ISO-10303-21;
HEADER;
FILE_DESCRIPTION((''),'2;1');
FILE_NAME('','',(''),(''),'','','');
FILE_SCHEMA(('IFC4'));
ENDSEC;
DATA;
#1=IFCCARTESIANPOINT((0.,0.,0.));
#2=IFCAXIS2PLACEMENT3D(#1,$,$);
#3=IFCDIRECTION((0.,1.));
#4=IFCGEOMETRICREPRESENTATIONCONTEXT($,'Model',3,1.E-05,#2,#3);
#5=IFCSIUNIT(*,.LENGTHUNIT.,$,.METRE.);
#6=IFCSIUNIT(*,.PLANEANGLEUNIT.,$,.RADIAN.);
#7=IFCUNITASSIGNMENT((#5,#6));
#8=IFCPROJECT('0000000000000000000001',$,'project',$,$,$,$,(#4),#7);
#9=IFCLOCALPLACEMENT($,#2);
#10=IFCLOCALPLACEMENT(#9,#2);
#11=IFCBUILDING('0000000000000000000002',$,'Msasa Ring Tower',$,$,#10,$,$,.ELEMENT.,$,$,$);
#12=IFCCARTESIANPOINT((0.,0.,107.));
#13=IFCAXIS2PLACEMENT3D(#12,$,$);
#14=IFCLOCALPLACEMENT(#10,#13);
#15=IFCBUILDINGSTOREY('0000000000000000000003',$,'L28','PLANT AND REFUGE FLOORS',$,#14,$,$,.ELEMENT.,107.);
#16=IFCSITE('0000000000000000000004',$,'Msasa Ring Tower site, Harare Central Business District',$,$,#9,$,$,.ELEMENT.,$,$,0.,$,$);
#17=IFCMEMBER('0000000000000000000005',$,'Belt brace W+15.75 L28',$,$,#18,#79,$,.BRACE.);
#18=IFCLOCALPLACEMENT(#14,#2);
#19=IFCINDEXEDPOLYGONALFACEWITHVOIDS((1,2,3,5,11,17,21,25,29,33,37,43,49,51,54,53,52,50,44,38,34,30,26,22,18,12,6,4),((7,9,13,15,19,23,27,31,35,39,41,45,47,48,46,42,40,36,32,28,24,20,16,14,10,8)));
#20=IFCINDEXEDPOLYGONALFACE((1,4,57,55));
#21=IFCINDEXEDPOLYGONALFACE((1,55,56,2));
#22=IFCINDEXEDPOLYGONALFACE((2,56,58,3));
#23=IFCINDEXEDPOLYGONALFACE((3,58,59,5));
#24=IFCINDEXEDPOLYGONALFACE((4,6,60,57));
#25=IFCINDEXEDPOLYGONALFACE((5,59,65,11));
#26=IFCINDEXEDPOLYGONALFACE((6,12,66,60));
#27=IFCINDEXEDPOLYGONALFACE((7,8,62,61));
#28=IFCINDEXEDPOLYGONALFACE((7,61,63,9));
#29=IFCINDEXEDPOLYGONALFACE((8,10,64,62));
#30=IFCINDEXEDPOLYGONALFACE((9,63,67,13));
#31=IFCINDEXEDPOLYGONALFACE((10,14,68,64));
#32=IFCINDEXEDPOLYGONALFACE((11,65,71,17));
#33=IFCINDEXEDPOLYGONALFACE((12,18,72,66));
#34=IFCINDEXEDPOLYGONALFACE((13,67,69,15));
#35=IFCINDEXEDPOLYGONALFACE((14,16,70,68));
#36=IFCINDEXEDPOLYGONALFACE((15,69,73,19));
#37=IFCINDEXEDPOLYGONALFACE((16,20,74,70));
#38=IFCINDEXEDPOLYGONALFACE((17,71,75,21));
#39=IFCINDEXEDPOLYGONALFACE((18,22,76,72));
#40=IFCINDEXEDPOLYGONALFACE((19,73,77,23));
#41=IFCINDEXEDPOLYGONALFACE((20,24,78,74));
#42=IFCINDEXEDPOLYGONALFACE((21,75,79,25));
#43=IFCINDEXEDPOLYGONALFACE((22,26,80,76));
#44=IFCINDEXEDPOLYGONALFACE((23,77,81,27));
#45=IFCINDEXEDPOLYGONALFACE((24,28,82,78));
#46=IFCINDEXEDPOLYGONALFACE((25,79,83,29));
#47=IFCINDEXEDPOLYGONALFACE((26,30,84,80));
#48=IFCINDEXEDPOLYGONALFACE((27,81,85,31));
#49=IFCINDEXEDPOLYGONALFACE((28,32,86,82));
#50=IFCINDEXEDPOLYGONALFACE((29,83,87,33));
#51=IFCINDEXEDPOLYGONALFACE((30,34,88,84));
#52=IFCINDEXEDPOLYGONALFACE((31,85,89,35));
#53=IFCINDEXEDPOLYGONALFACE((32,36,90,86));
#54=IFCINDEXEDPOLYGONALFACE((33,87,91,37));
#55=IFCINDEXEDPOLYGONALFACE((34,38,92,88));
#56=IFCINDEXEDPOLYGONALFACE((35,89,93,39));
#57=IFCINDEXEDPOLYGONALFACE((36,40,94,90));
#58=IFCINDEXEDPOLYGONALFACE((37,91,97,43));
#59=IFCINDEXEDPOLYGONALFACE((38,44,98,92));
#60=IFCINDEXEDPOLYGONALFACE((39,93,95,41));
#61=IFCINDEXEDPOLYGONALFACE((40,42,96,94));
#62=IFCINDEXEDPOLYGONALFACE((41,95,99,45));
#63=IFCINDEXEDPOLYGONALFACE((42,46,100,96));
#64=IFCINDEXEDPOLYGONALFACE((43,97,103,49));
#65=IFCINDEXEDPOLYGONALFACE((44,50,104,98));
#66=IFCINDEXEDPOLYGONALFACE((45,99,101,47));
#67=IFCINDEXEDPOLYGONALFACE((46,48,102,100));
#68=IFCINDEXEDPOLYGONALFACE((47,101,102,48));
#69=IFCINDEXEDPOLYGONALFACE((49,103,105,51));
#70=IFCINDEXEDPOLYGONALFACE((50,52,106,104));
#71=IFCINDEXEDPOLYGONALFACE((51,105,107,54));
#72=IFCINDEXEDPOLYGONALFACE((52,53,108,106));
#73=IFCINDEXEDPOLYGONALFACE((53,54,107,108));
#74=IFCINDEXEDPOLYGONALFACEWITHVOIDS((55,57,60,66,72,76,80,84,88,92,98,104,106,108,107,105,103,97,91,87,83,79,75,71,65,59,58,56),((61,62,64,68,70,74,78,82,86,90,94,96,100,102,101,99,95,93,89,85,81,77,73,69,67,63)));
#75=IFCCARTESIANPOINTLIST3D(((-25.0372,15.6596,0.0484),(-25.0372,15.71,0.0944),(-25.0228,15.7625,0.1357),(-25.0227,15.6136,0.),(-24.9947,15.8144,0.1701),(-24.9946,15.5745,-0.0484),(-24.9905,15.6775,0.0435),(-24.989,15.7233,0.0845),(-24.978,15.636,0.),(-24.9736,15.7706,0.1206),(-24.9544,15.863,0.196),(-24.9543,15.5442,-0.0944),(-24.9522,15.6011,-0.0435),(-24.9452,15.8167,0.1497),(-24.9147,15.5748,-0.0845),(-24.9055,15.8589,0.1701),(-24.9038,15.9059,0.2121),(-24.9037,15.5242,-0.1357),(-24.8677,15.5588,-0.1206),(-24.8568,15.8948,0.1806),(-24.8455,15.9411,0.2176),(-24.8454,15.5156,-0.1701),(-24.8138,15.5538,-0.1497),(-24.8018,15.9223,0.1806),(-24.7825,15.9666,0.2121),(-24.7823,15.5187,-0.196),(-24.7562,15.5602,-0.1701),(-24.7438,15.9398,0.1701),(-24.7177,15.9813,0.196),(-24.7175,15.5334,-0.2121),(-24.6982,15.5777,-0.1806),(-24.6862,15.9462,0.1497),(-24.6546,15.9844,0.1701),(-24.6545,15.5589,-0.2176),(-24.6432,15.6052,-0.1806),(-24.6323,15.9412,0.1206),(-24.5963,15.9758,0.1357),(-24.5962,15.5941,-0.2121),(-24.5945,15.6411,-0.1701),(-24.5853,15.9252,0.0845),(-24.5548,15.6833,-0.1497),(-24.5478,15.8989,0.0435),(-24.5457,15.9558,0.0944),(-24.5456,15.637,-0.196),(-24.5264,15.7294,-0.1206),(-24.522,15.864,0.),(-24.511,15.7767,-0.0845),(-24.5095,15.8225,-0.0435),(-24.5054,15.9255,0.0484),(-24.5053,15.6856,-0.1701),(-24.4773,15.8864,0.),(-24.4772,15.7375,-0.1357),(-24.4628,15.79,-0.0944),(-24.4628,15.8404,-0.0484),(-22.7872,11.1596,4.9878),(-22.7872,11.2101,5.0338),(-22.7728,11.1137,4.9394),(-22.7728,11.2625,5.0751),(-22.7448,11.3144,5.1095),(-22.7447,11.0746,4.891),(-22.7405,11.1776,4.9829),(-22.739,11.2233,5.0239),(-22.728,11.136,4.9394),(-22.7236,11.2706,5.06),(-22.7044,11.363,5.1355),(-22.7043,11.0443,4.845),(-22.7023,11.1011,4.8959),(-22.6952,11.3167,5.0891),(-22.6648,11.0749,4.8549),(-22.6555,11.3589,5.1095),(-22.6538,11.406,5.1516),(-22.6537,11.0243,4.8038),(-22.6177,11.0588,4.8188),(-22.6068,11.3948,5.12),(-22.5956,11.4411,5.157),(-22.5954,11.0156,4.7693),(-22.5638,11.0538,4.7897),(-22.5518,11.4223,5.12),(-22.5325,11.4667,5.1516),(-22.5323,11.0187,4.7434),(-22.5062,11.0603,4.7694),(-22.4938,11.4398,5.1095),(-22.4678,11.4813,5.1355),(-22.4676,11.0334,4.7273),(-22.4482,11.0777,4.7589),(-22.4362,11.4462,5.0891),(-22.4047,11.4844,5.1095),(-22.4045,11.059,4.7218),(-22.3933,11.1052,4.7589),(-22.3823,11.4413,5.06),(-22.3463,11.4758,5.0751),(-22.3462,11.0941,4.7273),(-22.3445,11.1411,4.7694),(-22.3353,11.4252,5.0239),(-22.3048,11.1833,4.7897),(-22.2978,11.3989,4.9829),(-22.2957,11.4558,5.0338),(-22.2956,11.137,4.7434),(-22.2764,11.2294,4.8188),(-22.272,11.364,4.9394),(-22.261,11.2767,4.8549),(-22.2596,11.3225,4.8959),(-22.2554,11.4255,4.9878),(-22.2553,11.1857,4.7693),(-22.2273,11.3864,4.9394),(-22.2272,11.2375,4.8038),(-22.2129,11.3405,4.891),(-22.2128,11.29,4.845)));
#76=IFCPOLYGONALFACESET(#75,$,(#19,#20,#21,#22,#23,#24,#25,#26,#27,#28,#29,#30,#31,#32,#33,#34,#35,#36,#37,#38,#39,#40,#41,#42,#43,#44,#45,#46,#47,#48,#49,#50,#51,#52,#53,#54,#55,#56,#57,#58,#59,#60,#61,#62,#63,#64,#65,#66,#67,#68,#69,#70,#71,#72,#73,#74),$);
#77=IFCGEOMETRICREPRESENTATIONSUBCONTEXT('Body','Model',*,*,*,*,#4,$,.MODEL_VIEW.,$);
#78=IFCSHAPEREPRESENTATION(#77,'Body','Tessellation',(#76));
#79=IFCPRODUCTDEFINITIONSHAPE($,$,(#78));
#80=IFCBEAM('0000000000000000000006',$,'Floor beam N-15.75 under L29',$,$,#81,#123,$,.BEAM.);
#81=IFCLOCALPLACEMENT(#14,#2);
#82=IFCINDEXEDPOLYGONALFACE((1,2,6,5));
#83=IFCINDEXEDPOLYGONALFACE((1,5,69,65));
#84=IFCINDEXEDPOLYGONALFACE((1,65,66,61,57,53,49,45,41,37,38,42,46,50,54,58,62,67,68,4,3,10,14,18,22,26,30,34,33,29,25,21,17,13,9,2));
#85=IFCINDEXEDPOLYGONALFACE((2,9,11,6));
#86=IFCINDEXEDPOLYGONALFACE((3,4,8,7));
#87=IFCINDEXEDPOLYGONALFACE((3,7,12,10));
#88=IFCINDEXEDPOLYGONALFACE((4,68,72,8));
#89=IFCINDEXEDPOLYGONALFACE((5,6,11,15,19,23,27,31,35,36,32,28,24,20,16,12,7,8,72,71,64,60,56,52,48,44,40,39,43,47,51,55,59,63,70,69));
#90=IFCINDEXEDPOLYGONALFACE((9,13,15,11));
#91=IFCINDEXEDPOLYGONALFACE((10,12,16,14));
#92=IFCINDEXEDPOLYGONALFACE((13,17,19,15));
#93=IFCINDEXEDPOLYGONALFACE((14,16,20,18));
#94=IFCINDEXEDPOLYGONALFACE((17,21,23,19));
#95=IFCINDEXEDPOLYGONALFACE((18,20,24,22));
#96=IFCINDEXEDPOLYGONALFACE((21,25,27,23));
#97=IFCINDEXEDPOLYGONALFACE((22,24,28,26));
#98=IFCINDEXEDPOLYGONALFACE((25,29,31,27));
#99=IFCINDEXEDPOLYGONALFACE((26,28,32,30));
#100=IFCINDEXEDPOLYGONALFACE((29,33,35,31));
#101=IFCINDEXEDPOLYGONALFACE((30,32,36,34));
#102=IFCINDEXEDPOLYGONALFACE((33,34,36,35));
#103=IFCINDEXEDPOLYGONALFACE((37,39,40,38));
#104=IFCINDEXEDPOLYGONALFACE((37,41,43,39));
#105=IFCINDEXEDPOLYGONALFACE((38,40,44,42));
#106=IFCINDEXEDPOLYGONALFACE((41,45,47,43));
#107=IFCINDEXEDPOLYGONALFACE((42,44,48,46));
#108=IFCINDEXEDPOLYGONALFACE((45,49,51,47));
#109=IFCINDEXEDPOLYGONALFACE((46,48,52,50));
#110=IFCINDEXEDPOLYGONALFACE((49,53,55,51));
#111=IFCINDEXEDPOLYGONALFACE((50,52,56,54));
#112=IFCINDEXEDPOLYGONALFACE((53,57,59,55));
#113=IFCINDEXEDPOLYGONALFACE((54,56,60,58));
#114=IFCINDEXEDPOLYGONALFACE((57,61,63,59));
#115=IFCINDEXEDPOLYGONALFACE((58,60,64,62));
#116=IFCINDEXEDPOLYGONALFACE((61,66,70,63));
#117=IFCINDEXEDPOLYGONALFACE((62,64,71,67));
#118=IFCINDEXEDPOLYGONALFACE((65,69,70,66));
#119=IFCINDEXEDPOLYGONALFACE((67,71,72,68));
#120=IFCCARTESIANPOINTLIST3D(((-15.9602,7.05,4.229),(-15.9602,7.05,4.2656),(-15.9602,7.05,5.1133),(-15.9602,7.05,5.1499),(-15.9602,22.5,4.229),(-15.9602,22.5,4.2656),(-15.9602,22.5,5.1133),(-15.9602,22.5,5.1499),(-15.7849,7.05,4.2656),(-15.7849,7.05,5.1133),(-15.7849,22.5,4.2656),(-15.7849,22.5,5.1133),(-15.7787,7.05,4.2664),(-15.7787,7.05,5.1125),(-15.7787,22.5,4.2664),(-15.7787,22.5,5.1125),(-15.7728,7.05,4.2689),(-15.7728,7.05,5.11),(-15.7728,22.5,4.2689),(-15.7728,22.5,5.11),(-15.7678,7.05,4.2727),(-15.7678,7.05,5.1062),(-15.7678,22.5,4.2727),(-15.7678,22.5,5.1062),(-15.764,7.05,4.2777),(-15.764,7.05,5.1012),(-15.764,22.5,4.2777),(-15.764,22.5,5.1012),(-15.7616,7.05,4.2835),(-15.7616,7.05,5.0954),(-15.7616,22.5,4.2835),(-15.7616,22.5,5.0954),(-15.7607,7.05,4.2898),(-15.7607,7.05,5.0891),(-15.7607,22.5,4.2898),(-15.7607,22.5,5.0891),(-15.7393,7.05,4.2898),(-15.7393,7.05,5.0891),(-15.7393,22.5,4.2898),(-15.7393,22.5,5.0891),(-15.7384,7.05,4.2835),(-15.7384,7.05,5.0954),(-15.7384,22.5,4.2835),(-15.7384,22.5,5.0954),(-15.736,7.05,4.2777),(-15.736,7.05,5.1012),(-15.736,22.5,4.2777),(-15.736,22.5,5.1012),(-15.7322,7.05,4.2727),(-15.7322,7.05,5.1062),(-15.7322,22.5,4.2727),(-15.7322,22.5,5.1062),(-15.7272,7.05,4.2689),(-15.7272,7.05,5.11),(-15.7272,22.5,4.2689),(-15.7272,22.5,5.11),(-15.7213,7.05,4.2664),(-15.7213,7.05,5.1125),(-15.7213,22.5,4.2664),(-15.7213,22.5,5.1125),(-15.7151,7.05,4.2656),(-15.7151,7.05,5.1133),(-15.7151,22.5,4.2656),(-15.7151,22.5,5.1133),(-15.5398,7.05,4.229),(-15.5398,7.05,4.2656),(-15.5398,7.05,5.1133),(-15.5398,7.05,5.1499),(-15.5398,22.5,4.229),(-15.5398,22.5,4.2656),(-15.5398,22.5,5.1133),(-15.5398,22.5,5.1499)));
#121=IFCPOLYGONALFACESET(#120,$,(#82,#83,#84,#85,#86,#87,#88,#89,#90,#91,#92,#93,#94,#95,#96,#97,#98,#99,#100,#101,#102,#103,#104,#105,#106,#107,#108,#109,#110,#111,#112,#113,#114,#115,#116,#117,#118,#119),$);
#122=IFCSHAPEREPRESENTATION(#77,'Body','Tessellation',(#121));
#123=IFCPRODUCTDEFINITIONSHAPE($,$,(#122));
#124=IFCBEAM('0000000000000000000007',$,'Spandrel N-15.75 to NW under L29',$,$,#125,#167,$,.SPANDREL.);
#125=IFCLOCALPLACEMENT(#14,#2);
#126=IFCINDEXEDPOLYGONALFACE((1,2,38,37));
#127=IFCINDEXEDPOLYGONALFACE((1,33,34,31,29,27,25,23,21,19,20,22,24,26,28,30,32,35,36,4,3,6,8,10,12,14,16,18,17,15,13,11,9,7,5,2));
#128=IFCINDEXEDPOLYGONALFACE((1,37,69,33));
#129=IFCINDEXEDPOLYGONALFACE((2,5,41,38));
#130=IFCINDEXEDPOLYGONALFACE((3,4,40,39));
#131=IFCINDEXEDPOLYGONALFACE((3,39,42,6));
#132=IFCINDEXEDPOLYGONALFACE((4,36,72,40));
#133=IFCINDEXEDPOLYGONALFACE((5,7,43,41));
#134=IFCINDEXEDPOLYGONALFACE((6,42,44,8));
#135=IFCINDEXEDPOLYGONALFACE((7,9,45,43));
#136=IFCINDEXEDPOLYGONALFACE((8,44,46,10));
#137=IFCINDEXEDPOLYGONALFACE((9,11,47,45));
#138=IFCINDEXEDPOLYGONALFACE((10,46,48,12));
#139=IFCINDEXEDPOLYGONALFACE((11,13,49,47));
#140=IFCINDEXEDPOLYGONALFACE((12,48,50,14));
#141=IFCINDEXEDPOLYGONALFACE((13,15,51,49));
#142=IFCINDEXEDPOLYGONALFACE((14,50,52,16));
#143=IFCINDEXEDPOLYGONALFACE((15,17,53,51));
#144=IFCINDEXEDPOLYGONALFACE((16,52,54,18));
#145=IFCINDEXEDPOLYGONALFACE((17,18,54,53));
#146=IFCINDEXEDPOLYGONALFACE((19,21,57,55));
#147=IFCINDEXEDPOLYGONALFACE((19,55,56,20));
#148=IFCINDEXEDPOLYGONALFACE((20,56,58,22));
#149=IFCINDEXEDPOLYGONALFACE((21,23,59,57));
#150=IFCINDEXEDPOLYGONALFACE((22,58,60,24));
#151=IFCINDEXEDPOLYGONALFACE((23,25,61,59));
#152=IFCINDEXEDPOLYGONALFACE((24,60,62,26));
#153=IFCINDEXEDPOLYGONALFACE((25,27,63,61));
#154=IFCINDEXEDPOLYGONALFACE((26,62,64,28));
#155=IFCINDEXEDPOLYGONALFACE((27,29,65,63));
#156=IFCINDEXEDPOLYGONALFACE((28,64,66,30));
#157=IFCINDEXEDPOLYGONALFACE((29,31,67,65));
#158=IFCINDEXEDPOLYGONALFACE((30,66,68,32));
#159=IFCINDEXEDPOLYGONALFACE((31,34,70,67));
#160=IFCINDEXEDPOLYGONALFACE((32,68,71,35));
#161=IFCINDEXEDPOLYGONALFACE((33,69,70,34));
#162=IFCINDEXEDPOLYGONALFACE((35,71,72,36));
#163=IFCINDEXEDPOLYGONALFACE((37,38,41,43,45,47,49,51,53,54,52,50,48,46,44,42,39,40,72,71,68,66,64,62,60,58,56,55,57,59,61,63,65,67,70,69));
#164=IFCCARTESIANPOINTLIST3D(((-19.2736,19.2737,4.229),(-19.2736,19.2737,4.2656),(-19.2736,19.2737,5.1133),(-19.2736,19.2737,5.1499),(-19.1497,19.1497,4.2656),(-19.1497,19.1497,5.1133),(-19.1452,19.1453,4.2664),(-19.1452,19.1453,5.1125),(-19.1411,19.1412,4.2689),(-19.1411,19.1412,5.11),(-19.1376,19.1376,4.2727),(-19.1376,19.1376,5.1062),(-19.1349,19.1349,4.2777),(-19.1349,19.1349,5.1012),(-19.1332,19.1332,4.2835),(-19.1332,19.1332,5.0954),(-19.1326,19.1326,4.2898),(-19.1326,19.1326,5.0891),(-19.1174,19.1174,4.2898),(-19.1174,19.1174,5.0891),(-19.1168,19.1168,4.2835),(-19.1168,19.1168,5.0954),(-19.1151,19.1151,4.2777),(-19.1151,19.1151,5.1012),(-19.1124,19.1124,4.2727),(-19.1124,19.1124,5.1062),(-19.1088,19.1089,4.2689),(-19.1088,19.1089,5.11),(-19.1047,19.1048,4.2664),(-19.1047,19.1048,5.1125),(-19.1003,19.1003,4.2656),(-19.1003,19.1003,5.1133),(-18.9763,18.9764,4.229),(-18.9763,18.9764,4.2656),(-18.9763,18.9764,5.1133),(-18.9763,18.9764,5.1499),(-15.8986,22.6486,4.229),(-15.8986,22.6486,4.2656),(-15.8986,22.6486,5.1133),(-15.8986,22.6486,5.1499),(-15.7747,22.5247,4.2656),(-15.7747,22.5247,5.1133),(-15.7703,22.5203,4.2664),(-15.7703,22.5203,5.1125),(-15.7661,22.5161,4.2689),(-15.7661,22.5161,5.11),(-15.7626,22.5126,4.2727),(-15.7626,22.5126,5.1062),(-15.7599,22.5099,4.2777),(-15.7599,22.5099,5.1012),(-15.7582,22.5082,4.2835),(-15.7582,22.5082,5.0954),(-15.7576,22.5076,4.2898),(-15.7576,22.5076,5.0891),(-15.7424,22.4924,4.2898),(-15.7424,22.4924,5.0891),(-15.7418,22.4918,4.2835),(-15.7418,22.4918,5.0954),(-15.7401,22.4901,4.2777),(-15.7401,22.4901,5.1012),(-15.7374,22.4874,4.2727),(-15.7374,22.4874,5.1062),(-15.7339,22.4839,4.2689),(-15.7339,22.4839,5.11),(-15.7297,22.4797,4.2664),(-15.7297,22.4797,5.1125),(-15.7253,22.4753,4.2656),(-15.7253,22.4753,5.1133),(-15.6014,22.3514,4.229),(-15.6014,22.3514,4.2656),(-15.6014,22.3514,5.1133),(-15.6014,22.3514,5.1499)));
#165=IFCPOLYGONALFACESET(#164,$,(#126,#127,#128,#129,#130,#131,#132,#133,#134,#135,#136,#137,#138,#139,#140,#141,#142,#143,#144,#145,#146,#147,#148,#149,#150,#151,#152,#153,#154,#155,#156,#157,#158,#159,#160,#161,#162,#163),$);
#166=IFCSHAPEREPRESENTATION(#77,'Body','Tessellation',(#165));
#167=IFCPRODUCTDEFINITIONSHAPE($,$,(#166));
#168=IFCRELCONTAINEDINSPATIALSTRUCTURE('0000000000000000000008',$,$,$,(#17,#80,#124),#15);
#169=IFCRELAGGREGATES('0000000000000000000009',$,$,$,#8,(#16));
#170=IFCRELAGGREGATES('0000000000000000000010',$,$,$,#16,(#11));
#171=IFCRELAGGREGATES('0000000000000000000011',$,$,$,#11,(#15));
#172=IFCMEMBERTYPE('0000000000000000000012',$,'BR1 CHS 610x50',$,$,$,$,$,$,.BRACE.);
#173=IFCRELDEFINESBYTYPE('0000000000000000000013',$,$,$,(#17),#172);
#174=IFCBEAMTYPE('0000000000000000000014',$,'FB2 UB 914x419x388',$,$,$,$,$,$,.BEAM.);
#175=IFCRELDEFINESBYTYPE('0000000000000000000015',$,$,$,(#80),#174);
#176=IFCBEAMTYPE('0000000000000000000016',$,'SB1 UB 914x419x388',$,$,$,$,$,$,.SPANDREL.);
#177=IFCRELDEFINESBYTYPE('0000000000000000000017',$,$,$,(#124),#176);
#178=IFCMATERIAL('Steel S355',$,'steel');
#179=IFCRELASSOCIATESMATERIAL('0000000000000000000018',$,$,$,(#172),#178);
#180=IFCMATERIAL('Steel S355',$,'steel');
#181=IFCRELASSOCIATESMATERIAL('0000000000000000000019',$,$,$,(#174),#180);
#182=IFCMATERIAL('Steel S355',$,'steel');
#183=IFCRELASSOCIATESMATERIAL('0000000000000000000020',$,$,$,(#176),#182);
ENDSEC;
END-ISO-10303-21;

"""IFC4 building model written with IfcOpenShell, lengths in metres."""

from ifc_helpers import new_model, si_unit, direction, frame, origin, origin_2d, place, context, subcontext, project, spatial, hollow_circle, i_section, extrude, material, material_profile, profile_set, type_object, element, save


model = new_model("IFC4")

# Units and contexts
model_context = context("Model", 3, precision=1e-05, world=origin(), true_north=direction((0.0, 1.0)))
body_context = subcontext(model_context, "Body", "Model", "MODEL_VIEW")
ifc_project = project(units=[si_unit("LENGTHUNIT", "METRE"), si_unit("PLANEANGLEUNIT", "RADIAN")], contexts=[model_context])

# Site, building, storey
site_placement = place(None, origin())
site = spatial("IfcSite", under=ifc_project, at=site_placement, Name="Msasa Ring Tower site, Harare Central Business District", CompositionType="ELEMENT", RefElevation=0.0)
building_placement = place(site_placement, origin())
building = spatial("IfcBuilding", under=site, at=building_placement, Name="Msasa Ring Tower", CompositionType="ELEMENT")
storey_placement = place(building_placement, frame((0.0, 0.0, 107.0)))
storey = spatial("IfcBuildingStorey", under=building, at=storey_placement, Name="L28", Description="PLANT AND REFUGE FLOORS", CompositionType="ELEMENT", Elevation=107.0)

# Member
ifc_material_1 = material(Name="Steel S355", Category="steel")
ifc_material_profile_1 = material_profile(ifc_material_1, hollow_circle(Radius=0.3049, WallThickness=0.05, at=origin_2d()), Name="CHS 610x50")
ifc_profile_set_1 = profile_set([ifc_material_profile_1], Name="Steel S355")
member_type = type_object("IfcMemberType", Name="BR1 CHS 610x50", PredefinedType="BRACE", material=ifc_profile_set_1)
member_1_placement = place(storey_placement, frame((-24.75, 15.75, 0.0), z_axis=(0.319123, -0.638245, 0.700574), x_axis=(0.894427, 0.447214, 0.0)))
element("IfcMember", 1, at=member_1_placement, inside=storey, type_object=member_type, Name="Belt brace W+15.75 L28", PredefinedType="BRACE", context=body_context, shape_type="SweptSolid", body=[
    extrude(hollow_circle(Radius=0.3049, WallThickness=0.05, at=origin_2d()), origin(), (0.0, 0.0, 1.0), 7.0505),
])

# Beams
ifc_material_2 = material(Name="Steel S355", Category="steel")
ifc_material_profile_2 = material_profile(ifc_material_2, i_section(OverallWidth=0.4204, OverallDepth=0.9209, WebThickness=0.0215, FlangeThickness=0.0366, FilletRadius=0.0242, at=origin_2d()), Name="UB 914x419x388")
ifc_profile_set_2 = profile_set([ifc_material_profile_2], Name="Steel S355")
beam_type_1 = type_object("IfcBeamType", Name="FB2 UB 914x419x388", PredefinedType="BEAM", material=ifc_profile_set_2)
beam_placement = place(storey_placement, frame((-15.75, 22.5, 4.6895), z_axis=(0.0, -1.0, 0.0), x_axis=(1.0, 0.0, 0.0)))
element("IfcBeam", 2, at=beam_placement, inside=storey, type_object=beam_type_1, Name="Floor beam N-15.75 under L29", PredefinedType="BEAM", context=body_context, shape_type="SweptSolid", body=[
    extrude(i_section(OverallWidth=0.4204, OverallDepth=0.9209, WebThickness=0.0215, FlangeThickness=0.0366, FilletRadius=0.0242, at=origin_2d()), origin(), (0.0, 0.0, 1.0), 15.45),
])
ifc_material_3 = material(Name="Steel S355", Category="steel")
ifc_material_profile_3 = material_profile(ifc_material_3, i_section(OverallWidth=0.4204, OverallDepth=0.9209, WebThickness=0.0215, FlangeThickness=0.0366, FilletRadius=0.0242, at=origin_2d()), Name="UB 914x419x388")
ifc_profile_set_3 = profile_set([ifc_material_profile_3], Name="Steel S355")
beam_type_2 = type_object("IfcBeamType", Name="SB1 UB 914x419x388", PredefinedType="SPANDREL", material=ifc_profile_set_3)
for number, where, z_axis, x_axis, name in (
    (3, (-15.75, 22.5, 4.6895), (-0.707107, -0.707107, 0.0), (0.707107, -0.707107, 0.0), "Spandrel N-15.75 to NW under L29"),
):
    element("IfcBeam", number, at=place(storey_placement, frame(where, z_axis=z_axis, x_axis=x_axis)), inside=storey, type_object=beam_type_2, Name=name, PredefinedType="SPANDREL", context=body_context, shape_type="SweptSolid", body=[
        extrude(i_section(OverallWidth=0.4204, OverallDepth=0.9209, WebThickness=0.0215, FlangeThickness=0.0366, FilletRadius=0.0242, at=origin_2d()), origin(), (0.0, 0.0, 1.0), 4.7729),
    ])

save(model, "model.ifc")
